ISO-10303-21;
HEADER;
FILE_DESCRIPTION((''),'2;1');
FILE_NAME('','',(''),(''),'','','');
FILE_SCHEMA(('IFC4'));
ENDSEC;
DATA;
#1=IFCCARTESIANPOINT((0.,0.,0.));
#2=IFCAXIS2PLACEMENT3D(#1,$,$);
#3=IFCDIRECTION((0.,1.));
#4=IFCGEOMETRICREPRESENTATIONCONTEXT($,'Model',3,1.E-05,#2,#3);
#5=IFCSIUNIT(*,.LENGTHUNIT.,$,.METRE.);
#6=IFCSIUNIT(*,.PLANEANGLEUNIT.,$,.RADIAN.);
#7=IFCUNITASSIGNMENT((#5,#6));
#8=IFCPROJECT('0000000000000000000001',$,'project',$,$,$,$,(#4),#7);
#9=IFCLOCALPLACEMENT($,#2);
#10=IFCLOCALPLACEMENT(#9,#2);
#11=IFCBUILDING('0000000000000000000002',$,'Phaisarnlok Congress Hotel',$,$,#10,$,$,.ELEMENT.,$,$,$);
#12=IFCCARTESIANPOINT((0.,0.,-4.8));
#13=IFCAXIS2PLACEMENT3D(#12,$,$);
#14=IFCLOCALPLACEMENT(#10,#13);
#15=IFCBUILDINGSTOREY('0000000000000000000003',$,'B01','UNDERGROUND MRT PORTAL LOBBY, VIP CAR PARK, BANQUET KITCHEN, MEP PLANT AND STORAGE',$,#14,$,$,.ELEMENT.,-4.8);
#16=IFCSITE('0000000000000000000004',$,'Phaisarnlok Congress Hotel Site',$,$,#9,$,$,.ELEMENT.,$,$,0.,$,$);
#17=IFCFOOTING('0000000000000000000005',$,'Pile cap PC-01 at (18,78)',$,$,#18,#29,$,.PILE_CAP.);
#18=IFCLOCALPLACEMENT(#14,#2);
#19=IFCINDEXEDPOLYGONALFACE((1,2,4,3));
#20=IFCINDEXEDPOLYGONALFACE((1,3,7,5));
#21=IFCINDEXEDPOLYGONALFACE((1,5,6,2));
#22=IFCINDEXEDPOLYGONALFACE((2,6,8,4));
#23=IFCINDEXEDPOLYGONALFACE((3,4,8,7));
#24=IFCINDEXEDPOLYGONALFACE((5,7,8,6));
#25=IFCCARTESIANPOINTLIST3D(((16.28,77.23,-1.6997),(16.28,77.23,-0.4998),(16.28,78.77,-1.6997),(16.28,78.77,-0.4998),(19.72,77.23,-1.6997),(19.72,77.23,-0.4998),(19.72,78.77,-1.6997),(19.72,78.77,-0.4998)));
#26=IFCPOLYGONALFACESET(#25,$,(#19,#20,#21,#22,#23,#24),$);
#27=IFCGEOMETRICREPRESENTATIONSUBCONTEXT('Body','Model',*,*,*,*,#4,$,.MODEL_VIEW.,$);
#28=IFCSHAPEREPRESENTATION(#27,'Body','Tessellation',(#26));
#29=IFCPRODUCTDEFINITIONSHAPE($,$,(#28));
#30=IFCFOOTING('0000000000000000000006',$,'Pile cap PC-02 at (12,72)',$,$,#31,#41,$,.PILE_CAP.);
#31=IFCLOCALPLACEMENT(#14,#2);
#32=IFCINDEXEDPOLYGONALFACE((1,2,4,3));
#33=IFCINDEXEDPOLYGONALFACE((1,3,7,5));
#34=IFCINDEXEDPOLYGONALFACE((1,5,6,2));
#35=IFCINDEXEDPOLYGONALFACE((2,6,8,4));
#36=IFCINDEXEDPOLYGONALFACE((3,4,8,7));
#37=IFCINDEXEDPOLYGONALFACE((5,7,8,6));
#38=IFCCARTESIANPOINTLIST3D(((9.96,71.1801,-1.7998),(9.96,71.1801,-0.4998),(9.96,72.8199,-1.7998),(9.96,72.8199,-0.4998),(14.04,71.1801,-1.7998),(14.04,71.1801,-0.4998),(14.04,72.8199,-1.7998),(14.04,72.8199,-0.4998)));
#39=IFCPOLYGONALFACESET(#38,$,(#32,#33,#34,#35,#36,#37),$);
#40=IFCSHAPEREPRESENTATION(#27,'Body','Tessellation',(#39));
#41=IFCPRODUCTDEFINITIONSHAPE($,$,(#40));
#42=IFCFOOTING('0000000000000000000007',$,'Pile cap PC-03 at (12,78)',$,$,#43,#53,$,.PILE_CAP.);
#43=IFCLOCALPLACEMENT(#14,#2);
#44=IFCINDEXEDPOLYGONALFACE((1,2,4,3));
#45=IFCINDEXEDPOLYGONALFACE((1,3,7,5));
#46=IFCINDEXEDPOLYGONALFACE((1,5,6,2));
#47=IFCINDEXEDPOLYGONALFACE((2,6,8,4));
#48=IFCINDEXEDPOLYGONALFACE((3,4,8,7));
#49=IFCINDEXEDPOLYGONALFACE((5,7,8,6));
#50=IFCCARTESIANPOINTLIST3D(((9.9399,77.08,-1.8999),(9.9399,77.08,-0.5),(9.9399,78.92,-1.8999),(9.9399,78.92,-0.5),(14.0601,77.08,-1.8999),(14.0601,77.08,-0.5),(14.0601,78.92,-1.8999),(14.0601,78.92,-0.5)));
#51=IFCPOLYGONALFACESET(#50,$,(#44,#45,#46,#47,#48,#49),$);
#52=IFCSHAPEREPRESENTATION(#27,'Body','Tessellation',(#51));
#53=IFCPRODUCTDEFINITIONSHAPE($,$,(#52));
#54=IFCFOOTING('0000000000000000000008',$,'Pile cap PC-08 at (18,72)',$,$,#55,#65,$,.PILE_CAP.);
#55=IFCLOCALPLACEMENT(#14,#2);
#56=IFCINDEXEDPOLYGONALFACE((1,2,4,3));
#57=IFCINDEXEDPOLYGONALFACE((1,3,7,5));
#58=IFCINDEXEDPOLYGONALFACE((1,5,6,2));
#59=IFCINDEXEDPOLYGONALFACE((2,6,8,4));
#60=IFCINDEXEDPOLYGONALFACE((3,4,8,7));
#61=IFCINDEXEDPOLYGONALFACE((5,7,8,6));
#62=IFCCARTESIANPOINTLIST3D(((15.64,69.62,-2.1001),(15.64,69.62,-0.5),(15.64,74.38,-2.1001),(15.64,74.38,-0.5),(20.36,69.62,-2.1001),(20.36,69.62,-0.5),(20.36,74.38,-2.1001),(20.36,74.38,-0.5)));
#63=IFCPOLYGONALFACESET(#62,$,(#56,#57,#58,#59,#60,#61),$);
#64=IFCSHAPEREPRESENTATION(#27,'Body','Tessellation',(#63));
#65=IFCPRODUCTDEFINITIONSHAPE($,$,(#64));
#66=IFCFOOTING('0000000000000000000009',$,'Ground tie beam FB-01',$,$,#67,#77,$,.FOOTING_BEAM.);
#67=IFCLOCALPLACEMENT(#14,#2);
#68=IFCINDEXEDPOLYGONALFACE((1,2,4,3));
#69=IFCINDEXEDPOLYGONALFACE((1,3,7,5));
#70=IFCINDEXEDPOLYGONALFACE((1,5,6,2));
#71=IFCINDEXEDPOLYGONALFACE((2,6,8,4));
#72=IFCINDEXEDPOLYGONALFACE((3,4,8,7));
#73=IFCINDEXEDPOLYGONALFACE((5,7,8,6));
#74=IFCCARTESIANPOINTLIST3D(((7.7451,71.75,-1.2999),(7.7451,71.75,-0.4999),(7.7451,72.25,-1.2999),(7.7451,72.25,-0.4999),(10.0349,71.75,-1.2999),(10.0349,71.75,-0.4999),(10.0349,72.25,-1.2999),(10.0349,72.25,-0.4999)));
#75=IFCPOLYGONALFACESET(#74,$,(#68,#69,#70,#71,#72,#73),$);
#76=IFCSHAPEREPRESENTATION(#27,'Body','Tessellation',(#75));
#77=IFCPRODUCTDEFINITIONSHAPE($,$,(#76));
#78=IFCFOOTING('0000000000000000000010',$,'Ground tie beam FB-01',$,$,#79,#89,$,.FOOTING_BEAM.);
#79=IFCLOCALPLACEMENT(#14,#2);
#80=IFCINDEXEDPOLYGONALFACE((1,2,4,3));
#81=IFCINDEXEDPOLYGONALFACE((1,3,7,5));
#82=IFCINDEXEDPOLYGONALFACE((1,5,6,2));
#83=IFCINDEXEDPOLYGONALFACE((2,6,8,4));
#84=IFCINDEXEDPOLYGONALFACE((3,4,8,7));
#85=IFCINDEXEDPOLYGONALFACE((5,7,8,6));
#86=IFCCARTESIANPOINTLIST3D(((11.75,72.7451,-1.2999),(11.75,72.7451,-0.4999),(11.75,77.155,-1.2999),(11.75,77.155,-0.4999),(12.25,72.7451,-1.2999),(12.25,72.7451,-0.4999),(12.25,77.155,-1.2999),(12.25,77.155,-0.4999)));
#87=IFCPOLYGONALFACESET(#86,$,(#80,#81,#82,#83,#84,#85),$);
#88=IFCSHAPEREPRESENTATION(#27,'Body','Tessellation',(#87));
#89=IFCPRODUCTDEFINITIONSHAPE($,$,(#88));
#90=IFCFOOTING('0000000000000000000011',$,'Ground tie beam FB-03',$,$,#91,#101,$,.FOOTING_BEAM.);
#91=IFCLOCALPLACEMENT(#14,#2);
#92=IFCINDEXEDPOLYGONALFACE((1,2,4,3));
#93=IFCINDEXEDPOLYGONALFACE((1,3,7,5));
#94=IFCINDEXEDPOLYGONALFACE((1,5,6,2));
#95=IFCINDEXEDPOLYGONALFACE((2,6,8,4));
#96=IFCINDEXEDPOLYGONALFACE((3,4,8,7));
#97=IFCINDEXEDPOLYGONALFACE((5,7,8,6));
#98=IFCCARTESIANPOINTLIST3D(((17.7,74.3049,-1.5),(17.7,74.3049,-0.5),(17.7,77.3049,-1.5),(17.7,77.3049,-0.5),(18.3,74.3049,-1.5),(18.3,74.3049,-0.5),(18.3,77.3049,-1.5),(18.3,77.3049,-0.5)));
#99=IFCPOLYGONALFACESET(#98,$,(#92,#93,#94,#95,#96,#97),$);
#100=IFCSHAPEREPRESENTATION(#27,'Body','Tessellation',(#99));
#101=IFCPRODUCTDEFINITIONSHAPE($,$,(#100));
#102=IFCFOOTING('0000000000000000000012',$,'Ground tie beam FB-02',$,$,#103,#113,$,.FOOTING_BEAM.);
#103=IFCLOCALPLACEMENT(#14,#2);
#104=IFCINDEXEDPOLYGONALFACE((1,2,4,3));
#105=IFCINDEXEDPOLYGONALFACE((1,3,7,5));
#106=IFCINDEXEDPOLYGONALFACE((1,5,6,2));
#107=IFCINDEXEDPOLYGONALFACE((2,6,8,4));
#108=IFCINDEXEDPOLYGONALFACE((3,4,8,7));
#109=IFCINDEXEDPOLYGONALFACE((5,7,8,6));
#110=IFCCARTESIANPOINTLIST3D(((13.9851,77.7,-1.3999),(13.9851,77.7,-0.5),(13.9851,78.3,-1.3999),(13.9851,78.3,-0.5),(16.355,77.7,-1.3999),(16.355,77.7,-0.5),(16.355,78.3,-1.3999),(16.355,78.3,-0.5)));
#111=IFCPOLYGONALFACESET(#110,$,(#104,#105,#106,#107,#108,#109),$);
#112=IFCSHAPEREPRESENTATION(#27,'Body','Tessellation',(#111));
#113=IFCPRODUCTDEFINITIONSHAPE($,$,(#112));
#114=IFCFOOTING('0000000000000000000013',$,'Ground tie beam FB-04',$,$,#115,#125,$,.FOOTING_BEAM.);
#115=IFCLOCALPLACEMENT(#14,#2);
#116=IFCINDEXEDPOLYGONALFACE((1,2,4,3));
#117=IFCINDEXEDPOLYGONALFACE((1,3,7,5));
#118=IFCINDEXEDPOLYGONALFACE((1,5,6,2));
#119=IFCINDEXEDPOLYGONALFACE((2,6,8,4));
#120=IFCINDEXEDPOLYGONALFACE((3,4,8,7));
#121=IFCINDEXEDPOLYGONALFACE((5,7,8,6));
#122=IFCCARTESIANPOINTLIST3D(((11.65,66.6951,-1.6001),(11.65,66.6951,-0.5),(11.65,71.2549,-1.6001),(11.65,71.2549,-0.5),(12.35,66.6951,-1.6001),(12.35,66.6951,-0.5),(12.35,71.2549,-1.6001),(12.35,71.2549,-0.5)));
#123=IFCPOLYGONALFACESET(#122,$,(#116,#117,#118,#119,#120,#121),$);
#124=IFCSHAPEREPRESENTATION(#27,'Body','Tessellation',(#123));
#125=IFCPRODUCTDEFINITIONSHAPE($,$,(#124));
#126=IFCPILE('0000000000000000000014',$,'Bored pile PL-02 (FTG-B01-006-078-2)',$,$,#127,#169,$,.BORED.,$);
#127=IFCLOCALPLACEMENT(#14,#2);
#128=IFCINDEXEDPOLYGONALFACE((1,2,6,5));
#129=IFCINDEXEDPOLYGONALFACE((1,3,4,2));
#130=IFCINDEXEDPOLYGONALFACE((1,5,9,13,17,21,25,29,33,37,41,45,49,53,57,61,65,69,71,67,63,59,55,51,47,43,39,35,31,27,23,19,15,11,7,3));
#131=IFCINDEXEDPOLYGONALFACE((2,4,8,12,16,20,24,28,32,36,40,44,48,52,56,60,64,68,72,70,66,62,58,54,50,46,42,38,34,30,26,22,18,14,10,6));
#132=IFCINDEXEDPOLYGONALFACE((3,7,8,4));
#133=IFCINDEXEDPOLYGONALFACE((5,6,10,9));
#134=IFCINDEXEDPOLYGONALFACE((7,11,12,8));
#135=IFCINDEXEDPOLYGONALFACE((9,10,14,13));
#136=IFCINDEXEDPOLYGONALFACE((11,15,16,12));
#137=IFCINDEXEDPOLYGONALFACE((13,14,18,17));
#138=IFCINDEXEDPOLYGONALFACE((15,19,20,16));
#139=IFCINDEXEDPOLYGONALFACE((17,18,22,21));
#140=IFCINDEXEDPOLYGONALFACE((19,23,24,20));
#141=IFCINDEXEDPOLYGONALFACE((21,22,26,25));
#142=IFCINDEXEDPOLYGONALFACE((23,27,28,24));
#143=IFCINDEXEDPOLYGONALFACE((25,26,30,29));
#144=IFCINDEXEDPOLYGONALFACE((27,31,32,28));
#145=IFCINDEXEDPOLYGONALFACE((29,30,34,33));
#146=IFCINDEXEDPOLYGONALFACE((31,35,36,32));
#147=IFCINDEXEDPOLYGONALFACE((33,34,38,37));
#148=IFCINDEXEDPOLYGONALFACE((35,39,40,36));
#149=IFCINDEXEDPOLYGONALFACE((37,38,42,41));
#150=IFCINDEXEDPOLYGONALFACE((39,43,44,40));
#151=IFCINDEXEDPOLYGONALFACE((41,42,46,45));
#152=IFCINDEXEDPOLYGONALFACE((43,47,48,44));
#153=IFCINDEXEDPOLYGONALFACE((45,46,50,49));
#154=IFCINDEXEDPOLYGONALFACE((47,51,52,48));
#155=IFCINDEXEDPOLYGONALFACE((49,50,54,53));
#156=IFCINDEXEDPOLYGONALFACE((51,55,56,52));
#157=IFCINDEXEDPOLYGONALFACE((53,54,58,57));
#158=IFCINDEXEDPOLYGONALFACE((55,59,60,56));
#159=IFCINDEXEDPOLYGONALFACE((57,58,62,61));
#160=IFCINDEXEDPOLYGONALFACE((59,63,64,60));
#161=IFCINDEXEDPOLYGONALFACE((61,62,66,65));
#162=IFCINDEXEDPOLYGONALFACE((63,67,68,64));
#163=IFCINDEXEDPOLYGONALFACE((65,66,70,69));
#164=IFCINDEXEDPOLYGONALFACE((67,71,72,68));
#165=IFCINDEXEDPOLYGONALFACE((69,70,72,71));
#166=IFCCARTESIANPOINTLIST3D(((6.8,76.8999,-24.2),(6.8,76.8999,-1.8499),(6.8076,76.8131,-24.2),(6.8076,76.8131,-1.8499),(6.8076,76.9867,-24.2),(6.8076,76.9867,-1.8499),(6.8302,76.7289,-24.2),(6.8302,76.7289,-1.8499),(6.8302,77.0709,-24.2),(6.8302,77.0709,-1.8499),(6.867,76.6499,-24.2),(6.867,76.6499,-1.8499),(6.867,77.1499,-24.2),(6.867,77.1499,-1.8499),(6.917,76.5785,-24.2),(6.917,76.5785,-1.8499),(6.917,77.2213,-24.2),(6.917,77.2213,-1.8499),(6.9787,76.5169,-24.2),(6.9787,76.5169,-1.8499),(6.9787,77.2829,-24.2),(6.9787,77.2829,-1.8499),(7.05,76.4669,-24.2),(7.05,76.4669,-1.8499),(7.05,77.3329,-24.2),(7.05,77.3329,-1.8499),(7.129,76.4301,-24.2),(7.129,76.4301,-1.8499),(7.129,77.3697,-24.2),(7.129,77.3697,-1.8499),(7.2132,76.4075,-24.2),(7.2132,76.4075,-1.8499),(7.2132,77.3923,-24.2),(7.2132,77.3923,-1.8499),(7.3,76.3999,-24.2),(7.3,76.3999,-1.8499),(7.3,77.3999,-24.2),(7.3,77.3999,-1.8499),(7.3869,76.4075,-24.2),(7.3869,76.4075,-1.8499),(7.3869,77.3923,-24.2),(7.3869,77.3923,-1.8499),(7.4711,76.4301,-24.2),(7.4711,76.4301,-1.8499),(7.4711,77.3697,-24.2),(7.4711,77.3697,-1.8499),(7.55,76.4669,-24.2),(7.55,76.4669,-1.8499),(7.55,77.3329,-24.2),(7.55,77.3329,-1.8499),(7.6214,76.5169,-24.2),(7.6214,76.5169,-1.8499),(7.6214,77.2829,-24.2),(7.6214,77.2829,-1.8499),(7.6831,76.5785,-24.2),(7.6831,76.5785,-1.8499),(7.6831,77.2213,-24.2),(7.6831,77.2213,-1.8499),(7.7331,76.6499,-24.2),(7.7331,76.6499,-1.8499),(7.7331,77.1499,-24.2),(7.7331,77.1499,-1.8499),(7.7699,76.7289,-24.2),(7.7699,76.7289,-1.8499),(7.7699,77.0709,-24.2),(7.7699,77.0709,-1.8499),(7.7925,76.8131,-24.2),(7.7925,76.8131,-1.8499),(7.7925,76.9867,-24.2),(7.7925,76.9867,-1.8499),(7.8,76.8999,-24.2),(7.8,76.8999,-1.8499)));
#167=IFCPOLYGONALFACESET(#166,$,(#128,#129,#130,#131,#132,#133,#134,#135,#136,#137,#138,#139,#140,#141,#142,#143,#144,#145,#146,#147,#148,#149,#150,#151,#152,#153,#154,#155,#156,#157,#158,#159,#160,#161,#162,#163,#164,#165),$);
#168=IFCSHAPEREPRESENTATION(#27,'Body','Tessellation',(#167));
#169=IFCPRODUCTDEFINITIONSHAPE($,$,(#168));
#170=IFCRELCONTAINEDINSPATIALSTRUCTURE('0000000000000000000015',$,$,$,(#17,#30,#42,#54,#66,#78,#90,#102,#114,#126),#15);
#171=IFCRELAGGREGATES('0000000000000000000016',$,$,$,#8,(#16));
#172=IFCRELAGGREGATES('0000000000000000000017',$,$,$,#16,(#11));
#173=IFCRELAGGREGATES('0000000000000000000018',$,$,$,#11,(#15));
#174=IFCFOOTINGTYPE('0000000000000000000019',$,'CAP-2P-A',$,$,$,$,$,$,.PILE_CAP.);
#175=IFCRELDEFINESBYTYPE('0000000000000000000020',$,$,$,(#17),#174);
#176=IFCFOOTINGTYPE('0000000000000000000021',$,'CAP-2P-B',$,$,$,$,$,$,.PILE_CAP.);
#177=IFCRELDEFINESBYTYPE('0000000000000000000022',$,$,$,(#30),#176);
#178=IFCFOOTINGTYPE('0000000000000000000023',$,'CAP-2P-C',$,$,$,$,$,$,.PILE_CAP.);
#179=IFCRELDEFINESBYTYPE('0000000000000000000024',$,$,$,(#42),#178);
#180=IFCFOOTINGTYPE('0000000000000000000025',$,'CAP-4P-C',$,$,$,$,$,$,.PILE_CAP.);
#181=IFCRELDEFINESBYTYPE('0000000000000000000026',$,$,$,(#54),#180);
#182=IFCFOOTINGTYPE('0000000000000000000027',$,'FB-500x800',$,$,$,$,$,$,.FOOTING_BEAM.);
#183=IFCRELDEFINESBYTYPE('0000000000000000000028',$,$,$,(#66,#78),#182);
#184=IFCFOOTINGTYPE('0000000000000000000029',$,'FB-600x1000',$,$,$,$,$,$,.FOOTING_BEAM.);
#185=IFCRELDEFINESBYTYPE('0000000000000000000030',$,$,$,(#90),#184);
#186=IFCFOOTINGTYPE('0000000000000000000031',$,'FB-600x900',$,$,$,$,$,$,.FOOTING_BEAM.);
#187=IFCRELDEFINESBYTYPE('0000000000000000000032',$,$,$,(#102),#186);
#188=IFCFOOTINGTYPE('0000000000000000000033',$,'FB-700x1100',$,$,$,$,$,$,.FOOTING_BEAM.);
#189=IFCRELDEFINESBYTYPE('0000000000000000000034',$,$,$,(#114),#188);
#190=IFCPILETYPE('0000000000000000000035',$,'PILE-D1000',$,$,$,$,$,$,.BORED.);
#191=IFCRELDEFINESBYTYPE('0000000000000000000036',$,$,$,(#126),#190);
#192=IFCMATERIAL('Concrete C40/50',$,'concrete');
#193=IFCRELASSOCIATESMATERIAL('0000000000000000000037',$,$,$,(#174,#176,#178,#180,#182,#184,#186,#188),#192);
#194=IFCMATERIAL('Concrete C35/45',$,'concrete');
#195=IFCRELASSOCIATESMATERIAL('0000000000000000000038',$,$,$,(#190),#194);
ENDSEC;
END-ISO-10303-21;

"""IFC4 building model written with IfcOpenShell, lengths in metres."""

from ifc_helpers import new_model, si_unit, direction, frame, origin, origin_2d, place, context, subcontext, project, spatial, rectangle, circle, extrude, material, material_profile, profile_set, type_object, element, save


model = new_model("IFC4")

# Units and contexts
model_context = context("Model", 3, precision=1e-05, world=origin(), true_north=direction((0.0, 1.0)))
body_context = subcontext(model_context, "Body", "Model", "MODEL_VIEW")
ifc_project = project(units=[si_unit("LENGTHUNIT", "METRE"), si_unit("PLANEANGLEUNIT", "RADIAN")], contexts=[model_context])

# Site, building, storey
site_placement = place(None, origin())
site = spatial("IfcSite", under=ifc_project, at=site_placement, Name="Phaisarnlok Congress Hotel Site", CompositionType="ELEMENT", RefElevation=0.0)
building_placement = place(site_placement, origin())
building = spatial("IfcBuilding", under=site, at=building_placement, Name="Phaisarnlok Congress Hotel", CompositionType="ELEMENT")
storey_placement = place(building_placement, frame((0.0, 0.0, -4.8)))
storey = spatial("IfcBuildingStorey", under=building, at=storey_placement, Name="B01", Description="UNDERGROUND MRT PORTAL LOBBY, VIP CAR PARK, BANQUET KITCHEN, MEP PLANT AND STORAGE", CompositionType="ELEMENT", Elevation=-4.8)

# Footings
ifc_material_1 = material(Name="Concrete C40/50", Category="concrete")
footing_type_1 = type_object("IfcFootingType", Name="CAP-2P-A", PredefinedType="PILE_CAP", material=ifc_material_1)
footing_1_placement = place(storey_placement, frame((18.0, 78.0, -1.6997), z_axis=(0.0, 0.0, 1.0), x_axis=(1.0, 0.0, 0.0)))
element("IfcFooting", 1, at=footing_1_placement, inside=storey, type_object=footing_type_1, Name="Pile cap PC-01 at (18,78)", PredefinedType="PILE_CAP", context=body_context, shape_type="SweptSolid", body=[
    extrude(rectangle(XDim=3.4399, YDim=1.54, at=origin_2d()), origin(), (0.0, 0.0, 1.0), 1.2),
])
footing_type_2 = type_object("IfcFootingType", Name="CAP-2P-B", PredefinedType="PILE_CAP", material=ifc_material_1)
footing_2_placement = place(storey_placement, frame((12.0, 72.0, -1.7998), z_axis=(0.0, 0.0, 1.0), x_axis=(1.0, 0.0, 0.0)))
element("IfcFooting", 2, at=footing_2_placement, inside=storey, type_object=footing_type_2, Name="Pile cap PC-02 at (12,72)", PredefinedType="PILE_CAP", context=body_context, shape_type="SweptSolid", body=[
    extrude(rectangle(XDim=4.0801, YDim=1.6399, at=origin_2d()), origin(), (0.0, 0.0, 1.0), 1.3),
])
footing_type_3 = type_object("IfcFootingType", Name="CAP-2P-C", PredefinedType="PILE_CAP", material=ifc_material_1)
footing_3_placement = place(storey_placement, frame((12.0, 78.0, -1.8999), z_axis=(0.0, 0.0, 1.0), x_axis=(1.0, 0.0, 0.0)))
element("IfcFooting", 3, at=footing_3_placement, inside=storey, type_object=footing_type_3, Name="Pile cap PC-03 at (12,78)", PredefinedType="PILE_CAP", context=body_context, shape_type="SweptSolid", body=[
    extrude(rectangle(XDim=4.1201, YDim=1.8401, at=origin_2d()), origin(), (0.0, 0.0, 1.0), 1.3999),
])
footing_type_4 = type_object("IfcFootingType", Name="CAP-4P-C", PredefinedType="PILE_CAP", material=ifc_material_1)
footing_4_placement = place(storey_placement, frame((18.0, 72.0, -2.1001), z_axis=(0.0, 0.0, 1.0), x_axis=(1.0, 0.0, 0.0)))
element("IfcFooting", 4, at=footing_4_placement, inside=storey, type_object=footing_type_4, Name="Pile cap PC-08 at (18,72)", PredefinedType="PILE_CAP", context=body_context, shape_type="SweptSolid", body=[
    extrude(rectangle(XDim=4.72, YDim=4.76, at=origin_2d()), origin(), (0.0, 0.0, 1.0), 1.6001),
])
ifc_material_profile_1 = material_profile(ifc_material_1, rectangle(XDim=0.5, YDim=0.8, at=origin_2d()), Name="FB-500x800")
ifc_profile_set_1 = profile_set([ifc_material_profile_1], Name="Concrete C40/50")
footing_type_5 = type_object("IfcFootingType", Name="FB-500x800", PredefinedType="FOOTING_BEAM", material=ifc_profile_set_1)
footing_5_placement = place(storey_placement, frame((7.7451, 72.0, -0.8999), z_axis=(1.0, 0.0, 0.0), x_axis=(0.0, 1.0, 0.0)))
element("IfcFooting", 5, at=footing_5_placement, inside=storey, type_object=footing_type_5, Name="Ground tie beam FB-01", PredefinedType="FOOTING_BEAM", context=body_context, shape_type="SweptSolid", body=[
    extrude(rectangle(XDim=0.5, YDim=0.8, at=origin_2d()), origin(), (0.0, 0.0, 1.0), 2.2898),
])
footing_6_placement = place(storey_placement, frame((12.0, 72.7451, -0.8999), z_axis=(0.0, 1.0, 0.0), x_axis=(-1.0, 0.0, 0.0)))
element("IfcFooting", 6, at=footing_6_placement, inside=storey, type_object=footing_type_5, Name="Ground tie beam FB-01", PredefinedType="FOOTING_BEAM", context=body_context, shape_type="SweptSolid", body=[
    extrude(rectangle(XDim=0.5, YDim=0.8, at=origin_2d()), origin(), (0.0, 0.0, 1.0), 4.4099),
])
ifc_material_profile_2 = material_profile(ifc_material_1, rectangle(XDim=0.6001, YDim=1.0, at=origin_2d()), Name="FB-600x1000")
ifc_profile_set_2 = profile_set([ifc_material_profile_2], Name="Concrete C40/50")
footing_type_6 = type_object("IfcFootingType", Name="FB-600x1000", PredefinedType="FOOTING_BEAM", material=ifc_profile_set_2)
footing_7_placement = place(storey_placement, frame((18.0, 74.3049, -1.0), z_axis=(0.0, 1.0, 0.0), x_axis=(-1.0, 0.0, 0.0)))
element("IfcFooting", 7, at=footing_7_placement, inside=storey, type_object=footing_type_6, Name="Ground tie beam FB-03", PredefinedType="FOOTING_BEAM", context=body_context, shape_type="SweptSolid", body=[
    extrude(rectangle(XDim=0.6001, YDim=1.0, at=origin_2d()), origin(), (0.0, 0.0, 1.0), 3.0),
])
ifc_material_profile_3 = material_profile(ifc_material_1, rectangle(XDim=0.6001, YDim=0.8999, at=origin_2d()), Name="FB-600x900")
ifc_profile_set_3 = profile_set([ifc_material_profile_3], Name="Concrete C40/50")
footing_type_7 = type_object("IfcFootingType", Name="FB-600x900", PredefinedType="FOOTING_BEAM", material=ifc_profile_set_3)
footing_8_placement = place(storey_placement, frame((13.9851, 78.0, -0.95), z_axis=(1.0, 0.0, 0.0), x_axis=(0.0, 1.0, 0.0)))
element("IfcFooting", 8, at=footing_8_placement, inside=storey, type_object=footing_type_7, Name="Ground tie beam FB-02", PredefinedType="FOOTING_BEAM", context=body_context, shape_type="SweptSolid", body=[
    extrude(rectangle(XDim=0.6001, YDim=0.8999, at=origin_2d()), origin(), (0.0, 0.0, 1.0), 2.3699),
])
ifc_material_profile_4 = material_profile(ifc_material_1, rectangle(XDim=0.7, YDim=1.1001, at=origin_2d()), Name="FB-700x1100")
ifc_profile_set_4 = profile_set([ifc_material_profile_4], Name="Concrete C40/50")
footing_type_8 = type_object("IfcFootingType", Name="FB-700x1100", PredefinedType="FOOTING_BEAM", material=ifc_profile_set_4)
footing_9_placement = place(storey_placement, frame((12.0, 66.6951, -1.05), z_axis=(0.0, 1.0, 0.0), x_axis=(-1.0, 0.0, 0.0)))
element("IfcFooting", 9, at=footing_9_placement, inside=storey, type_object=footing_type_8, Name="Ground tie beam FB-04", PredefinedType="FOOTING_BEAM", context=body_context, shape_type="SweptSolid", body=[
    extrude(rectangle(XDim=0.7, YDim=1.1001, at=origin_2d()), origin(), (0.0, 0.0, 1.0), 4.5598),
])

# Pile
ifc_material_2 = material(Name="Concrete C35/45", Category="concrete")
ifc_material_profile_5 = material_profile(ifc_material_2, circle(Radius=0.5, at=origin_2d()), Name="BORED PILE D1000")
ifc_profile_set_5 = profile_set([ifc_material_profile_5], Name="Concrete C35/45")
pile_type_1 = type_object("IfcPileType", Name="PILE-D1000", PredefinedType="BORED", material=ifc_profile_set_5)
pile_1_placement = place(storey_placement, frame((7.3, 76.8999, -1.8499), z_axis=(0.0, 0.0, -1.0), x_axis=(1.0, 0.0, 0.0)))
element("IfcPile", 10, at=pile_1_placement, inside=storey, type_object=pile_type_1, Name="Bored pile PL-02 (FTG-B01-006-078-2)", PredefinedType="BORED", context=body_context, shape_type="SweptSolid", body=[
    extrude(circle(Radius=0.5, at=origin_2d()), origin(), (0.0, 0.0, 1.0), 22.3501),
])

save(model, "model.ifc")
